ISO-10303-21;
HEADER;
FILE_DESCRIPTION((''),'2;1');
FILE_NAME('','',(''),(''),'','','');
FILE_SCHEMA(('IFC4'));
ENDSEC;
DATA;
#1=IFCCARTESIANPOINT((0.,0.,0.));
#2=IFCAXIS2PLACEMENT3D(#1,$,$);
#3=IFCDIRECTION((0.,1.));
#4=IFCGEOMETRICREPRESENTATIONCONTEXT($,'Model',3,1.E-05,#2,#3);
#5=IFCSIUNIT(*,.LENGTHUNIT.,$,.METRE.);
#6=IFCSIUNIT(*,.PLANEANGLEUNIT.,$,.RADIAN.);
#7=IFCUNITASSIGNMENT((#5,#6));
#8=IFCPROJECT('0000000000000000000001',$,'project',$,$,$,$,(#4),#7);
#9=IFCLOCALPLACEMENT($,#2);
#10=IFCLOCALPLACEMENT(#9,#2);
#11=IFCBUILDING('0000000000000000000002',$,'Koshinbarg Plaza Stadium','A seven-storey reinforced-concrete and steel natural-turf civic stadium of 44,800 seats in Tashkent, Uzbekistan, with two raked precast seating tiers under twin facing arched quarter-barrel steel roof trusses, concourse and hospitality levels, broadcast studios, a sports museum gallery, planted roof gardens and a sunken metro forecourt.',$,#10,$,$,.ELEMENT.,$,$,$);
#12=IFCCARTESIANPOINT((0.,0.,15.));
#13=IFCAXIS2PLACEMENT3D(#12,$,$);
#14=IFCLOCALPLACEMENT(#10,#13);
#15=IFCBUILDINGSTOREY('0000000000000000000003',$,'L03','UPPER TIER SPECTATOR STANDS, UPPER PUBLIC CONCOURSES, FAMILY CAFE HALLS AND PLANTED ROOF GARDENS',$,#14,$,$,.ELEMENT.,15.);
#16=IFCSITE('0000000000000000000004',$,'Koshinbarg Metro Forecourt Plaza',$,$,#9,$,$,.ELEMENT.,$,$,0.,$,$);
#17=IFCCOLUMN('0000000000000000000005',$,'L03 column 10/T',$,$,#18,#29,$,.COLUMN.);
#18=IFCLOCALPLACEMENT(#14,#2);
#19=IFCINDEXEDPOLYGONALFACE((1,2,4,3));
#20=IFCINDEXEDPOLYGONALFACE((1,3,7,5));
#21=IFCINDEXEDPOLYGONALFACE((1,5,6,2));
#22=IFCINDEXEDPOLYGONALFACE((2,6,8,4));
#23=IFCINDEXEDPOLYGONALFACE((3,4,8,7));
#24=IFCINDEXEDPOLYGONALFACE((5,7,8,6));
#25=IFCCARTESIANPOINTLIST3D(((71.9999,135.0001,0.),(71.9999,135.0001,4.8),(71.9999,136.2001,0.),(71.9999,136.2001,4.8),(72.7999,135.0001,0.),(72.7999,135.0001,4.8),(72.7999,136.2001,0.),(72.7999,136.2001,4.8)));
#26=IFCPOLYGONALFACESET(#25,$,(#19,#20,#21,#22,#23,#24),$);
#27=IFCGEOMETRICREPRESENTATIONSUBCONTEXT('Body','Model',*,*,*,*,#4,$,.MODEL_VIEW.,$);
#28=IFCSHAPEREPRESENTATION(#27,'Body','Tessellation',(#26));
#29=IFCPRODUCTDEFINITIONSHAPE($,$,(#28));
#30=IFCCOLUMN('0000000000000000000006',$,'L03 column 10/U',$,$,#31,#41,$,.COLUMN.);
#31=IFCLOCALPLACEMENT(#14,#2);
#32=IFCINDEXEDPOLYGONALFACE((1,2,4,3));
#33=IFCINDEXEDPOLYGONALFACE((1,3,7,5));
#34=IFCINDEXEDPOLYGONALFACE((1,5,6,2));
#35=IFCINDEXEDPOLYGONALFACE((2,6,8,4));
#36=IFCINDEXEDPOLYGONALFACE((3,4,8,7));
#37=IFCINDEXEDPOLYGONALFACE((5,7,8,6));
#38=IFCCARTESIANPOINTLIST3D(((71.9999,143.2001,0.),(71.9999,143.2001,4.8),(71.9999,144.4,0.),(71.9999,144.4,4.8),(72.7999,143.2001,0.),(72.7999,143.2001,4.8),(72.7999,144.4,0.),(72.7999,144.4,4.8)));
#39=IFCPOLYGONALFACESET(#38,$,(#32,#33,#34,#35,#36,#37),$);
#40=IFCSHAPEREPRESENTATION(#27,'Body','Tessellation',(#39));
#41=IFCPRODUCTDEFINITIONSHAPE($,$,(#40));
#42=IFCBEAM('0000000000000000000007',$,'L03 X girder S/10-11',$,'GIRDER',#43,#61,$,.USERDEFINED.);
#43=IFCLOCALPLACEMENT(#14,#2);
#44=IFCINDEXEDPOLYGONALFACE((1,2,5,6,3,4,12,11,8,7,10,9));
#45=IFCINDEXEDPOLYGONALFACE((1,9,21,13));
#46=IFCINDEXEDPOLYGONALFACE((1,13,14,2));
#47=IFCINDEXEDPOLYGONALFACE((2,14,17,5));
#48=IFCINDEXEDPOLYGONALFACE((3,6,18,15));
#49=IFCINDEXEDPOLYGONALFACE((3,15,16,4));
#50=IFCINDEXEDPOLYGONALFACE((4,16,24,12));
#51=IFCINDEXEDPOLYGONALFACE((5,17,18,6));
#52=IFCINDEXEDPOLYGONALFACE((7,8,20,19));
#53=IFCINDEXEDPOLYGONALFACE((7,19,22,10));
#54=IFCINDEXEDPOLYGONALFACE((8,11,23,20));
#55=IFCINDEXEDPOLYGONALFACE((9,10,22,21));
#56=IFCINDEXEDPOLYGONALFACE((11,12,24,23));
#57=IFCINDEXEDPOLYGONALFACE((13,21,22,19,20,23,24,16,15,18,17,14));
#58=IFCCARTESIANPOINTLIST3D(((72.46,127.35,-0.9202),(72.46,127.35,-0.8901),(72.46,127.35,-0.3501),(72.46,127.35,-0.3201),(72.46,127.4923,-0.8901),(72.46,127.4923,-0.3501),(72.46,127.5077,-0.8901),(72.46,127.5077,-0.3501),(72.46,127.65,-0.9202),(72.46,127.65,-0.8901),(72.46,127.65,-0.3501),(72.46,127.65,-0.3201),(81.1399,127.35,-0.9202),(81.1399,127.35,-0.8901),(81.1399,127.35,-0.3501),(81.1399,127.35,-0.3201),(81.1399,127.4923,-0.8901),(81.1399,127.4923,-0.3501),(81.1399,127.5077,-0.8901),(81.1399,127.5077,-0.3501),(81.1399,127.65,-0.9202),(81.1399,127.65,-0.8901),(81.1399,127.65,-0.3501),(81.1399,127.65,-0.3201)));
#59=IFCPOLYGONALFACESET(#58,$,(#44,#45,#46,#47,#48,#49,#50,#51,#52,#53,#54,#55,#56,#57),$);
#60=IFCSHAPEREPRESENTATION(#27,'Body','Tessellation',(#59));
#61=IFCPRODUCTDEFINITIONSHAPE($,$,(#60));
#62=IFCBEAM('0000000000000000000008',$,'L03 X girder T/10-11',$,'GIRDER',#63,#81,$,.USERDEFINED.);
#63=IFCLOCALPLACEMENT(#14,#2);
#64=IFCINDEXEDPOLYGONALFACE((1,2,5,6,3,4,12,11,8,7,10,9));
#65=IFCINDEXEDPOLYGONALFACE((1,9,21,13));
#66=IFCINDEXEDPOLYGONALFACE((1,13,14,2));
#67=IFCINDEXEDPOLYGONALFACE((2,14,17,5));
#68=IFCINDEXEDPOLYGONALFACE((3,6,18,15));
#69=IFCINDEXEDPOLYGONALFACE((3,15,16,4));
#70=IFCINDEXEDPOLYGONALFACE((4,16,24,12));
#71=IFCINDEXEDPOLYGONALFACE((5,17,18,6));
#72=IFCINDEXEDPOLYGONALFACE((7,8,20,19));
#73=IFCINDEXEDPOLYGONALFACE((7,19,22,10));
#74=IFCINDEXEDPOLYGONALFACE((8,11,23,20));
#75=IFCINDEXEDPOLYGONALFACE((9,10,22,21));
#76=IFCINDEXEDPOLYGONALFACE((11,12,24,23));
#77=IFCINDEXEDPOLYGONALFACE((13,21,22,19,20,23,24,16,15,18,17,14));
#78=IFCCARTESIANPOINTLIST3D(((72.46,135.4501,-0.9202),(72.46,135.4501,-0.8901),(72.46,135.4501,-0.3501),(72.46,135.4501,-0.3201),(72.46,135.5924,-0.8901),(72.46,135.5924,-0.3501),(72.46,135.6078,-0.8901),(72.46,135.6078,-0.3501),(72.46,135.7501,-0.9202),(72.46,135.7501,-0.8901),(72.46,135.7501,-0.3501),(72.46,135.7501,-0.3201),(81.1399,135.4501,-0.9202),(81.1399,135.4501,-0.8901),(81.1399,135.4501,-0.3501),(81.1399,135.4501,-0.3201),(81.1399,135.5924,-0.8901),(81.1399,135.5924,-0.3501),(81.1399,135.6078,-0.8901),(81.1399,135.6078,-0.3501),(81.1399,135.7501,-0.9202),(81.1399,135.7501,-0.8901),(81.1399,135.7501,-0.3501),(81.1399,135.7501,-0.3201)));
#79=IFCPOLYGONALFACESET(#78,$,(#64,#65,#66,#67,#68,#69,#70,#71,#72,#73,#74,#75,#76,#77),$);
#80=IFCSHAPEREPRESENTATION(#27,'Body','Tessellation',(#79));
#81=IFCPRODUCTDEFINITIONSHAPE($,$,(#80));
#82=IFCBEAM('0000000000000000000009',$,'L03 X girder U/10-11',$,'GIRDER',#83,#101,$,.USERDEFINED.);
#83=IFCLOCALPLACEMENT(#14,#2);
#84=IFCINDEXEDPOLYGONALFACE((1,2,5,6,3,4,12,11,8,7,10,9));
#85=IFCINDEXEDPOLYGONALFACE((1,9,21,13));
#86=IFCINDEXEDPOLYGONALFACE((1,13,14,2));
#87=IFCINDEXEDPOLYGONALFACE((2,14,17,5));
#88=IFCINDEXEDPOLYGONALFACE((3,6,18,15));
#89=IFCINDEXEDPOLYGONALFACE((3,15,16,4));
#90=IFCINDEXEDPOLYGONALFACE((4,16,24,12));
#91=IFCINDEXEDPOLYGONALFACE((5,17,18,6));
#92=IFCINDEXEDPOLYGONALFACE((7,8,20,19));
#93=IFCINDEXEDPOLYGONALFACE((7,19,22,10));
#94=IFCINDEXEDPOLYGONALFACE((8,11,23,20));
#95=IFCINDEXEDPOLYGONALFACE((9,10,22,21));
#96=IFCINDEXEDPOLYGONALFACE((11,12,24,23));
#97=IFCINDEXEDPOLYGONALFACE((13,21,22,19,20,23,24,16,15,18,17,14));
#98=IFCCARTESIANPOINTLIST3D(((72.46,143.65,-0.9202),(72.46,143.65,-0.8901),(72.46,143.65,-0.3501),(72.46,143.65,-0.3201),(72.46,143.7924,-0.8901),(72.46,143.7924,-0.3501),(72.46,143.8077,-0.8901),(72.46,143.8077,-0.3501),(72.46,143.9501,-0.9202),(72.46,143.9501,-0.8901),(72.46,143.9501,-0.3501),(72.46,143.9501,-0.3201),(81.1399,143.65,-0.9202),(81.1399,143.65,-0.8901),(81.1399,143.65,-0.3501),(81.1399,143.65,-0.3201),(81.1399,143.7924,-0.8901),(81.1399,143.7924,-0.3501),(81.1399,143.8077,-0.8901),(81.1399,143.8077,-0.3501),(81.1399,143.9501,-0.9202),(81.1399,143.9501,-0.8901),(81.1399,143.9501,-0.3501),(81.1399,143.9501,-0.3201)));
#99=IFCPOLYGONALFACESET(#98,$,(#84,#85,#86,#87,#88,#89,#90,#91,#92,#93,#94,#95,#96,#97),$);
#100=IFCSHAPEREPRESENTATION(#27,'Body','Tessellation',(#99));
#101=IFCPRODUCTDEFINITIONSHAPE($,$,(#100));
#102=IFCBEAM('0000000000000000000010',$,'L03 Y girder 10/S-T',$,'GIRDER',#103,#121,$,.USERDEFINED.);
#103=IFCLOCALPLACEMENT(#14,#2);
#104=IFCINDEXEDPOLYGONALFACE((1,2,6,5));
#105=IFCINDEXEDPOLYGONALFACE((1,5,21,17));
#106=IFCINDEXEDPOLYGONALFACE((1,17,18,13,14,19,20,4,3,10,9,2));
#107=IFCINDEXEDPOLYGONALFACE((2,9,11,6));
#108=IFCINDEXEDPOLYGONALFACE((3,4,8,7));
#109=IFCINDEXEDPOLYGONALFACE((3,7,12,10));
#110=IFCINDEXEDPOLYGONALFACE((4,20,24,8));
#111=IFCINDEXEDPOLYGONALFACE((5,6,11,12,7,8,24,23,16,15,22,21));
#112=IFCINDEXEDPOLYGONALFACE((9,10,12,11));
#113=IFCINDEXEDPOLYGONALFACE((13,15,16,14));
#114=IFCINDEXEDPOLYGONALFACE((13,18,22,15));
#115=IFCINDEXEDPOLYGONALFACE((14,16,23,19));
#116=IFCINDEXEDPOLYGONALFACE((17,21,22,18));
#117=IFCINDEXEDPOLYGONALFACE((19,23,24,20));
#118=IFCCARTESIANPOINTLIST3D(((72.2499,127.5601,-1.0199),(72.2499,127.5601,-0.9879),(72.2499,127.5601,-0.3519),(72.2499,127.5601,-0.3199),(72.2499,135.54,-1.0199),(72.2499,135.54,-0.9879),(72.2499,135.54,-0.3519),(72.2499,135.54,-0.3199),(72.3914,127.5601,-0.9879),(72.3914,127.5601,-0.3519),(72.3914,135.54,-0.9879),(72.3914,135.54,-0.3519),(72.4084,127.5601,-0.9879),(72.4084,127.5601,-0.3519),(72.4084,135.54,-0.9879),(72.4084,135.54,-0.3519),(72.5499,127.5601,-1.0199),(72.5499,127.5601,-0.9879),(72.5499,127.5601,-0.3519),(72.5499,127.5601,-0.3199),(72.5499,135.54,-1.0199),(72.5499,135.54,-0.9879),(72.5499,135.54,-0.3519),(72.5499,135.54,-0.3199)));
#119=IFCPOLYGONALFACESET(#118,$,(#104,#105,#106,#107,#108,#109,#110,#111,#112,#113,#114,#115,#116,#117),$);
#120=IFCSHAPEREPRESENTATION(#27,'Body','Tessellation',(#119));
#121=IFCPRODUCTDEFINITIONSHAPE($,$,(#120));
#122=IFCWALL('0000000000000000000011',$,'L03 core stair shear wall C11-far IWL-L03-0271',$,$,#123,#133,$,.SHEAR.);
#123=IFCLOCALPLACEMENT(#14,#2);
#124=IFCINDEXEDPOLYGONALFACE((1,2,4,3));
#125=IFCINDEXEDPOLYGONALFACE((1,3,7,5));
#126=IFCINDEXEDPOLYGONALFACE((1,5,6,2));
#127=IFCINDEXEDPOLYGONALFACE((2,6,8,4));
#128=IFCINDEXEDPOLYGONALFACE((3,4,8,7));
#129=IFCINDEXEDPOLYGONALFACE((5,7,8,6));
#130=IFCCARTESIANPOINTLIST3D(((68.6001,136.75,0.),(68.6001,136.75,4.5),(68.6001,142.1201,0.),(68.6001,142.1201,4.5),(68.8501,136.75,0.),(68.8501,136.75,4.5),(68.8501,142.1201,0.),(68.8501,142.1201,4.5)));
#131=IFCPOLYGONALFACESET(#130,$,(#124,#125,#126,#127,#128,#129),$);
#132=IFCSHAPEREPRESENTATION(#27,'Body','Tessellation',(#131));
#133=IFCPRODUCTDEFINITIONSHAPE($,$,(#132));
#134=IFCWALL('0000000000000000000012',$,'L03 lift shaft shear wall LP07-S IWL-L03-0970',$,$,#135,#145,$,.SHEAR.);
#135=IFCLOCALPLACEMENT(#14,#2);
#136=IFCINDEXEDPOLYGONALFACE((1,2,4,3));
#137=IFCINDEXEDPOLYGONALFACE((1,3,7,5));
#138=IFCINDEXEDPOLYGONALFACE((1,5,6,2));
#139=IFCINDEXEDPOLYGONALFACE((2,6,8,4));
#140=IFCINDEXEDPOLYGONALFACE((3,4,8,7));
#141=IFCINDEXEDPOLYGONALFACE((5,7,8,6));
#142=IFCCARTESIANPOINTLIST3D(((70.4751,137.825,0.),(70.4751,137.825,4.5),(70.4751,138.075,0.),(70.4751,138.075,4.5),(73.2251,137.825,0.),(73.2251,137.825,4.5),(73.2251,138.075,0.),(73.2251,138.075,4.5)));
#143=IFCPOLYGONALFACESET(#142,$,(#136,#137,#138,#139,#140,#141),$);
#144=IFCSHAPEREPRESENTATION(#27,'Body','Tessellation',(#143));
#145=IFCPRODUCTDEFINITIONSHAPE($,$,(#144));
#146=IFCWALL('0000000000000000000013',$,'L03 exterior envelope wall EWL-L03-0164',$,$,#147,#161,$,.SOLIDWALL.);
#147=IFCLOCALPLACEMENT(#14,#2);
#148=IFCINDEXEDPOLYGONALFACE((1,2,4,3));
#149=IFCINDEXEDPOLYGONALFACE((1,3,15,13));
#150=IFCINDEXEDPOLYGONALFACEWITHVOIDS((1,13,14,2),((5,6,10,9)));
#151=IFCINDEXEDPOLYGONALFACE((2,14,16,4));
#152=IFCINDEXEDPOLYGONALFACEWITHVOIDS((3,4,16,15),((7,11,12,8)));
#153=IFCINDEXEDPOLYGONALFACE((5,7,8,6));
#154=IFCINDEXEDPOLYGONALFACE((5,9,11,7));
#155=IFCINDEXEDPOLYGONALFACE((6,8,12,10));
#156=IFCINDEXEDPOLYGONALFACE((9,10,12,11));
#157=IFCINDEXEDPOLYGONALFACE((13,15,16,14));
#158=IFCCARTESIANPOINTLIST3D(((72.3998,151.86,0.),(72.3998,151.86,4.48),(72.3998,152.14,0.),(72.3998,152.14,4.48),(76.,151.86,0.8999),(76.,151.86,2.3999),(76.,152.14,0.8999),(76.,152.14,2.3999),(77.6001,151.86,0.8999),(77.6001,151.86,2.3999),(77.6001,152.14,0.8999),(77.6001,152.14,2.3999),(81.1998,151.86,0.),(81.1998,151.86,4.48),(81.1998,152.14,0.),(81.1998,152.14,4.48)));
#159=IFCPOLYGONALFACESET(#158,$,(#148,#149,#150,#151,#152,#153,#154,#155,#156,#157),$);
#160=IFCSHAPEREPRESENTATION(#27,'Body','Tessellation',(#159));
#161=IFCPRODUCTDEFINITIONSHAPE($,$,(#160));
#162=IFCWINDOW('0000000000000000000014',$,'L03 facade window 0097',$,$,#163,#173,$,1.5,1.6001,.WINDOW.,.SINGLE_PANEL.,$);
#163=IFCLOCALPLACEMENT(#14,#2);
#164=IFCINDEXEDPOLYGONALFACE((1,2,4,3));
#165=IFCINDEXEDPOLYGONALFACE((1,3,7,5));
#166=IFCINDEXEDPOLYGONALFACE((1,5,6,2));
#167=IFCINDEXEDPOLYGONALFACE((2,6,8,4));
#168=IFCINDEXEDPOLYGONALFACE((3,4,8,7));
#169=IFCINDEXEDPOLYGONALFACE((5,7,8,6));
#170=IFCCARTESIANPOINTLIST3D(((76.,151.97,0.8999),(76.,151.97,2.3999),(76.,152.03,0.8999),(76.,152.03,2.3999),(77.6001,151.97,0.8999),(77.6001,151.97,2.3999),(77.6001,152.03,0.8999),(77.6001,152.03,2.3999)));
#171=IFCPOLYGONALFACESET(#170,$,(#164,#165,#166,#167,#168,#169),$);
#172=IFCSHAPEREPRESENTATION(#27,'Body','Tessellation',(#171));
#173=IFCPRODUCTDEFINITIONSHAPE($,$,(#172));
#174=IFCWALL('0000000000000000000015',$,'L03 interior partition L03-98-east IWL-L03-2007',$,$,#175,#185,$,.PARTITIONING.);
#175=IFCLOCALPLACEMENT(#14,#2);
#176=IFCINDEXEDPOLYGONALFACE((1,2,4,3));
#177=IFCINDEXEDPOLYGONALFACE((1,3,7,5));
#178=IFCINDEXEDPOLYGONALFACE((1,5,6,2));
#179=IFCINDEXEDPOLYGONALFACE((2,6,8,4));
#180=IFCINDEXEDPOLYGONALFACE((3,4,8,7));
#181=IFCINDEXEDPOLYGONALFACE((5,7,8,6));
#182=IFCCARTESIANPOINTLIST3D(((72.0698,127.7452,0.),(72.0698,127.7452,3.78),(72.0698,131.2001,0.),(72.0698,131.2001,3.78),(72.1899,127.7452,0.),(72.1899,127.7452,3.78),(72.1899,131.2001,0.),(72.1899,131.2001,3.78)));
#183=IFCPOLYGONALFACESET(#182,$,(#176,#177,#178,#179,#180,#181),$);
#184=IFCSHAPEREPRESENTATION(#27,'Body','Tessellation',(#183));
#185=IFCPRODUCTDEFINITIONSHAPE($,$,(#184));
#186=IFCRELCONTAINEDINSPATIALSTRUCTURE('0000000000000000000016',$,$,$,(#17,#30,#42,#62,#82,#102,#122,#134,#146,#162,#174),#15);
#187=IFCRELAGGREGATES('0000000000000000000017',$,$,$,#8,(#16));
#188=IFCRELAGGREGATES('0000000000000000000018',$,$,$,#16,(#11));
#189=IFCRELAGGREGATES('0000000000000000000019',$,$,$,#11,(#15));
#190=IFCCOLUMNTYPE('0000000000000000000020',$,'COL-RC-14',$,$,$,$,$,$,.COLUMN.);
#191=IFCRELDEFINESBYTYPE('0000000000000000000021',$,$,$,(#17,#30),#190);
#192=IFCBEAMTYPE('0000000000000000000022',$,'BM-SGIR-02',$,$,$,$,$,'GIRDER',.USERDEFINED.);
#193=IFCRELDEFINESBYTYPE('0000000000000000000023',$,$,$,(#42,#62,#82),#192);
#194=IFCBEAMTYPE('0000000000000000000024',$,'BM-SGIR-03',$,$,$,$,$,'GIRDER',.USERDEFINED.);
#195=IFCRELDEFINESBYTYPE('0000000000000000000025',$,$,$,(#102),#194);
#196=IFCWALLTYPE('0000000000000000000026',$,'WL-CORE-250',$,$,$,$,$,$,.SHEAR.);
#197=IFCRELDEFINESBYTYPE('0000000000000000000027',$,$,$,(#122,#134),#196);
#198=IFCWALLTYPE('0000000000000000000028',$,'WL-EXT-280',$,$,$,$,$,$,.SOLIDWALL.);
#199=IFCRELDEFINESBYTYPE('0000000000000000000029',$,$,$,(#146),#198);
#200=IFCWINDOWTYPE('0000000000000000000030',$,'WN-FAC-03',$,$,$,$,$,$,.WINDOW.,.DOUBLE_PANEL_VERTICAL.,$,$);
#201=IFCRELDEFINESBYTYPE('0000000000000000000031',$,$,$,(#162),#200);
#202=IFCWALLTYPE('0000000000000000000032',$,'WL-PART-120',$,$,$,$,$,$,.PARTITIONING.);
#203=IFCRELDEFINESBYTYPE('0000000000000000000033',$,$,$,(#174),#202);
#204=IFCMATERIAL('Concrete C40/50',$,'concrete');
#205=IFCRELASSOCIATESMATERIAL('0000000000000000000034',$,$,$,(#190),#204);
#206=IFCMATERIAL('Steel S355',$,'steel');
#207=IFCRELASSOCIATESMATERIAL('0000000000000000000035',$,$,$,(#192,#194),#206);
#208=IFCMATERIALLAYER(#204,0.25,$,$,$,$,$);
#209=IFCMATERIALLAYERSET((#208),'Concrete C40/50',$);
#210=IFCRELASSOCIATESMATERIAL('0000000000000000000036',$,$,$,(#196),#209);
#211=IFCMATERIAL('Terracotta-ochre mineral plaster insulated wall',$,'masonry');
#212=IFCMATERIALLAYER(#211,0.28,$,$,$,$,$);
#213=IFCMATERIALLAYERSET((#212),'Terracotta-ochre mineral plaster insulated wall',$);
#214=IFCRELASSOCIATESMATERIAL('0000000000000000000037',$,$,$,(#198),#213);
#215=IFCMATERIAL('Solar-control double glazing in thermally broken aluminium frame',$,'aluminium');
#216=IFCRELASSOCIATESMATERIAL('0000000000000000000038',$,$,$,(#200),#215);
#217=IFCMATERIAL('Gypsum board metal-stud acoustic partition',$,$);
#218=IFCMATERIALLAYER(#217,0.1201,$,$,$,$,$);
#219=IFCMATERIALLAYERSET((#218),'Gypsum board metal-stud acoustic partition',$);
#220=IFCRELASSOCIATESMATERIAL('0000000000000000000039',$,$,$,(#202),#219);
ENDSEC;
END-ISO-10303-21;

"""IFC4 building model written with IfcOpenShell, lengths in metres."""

from ifc_helpers import new_model, si_unit, direction, frame, frame_2d, origin, origin_2d, place, context, subcontext, project, spatial, rectangle, i_section, extrude, material, layer, layer_set, material_profile, profile_set, type_object, element, fill, save


model = new_model("IFC4")

# Units and contexts
model_context = context("Model", 3, precision=1e-05, world=origin(), true_north=direction((0.0, 1.0)))
body_context = subcontext(model_context, "Body", "Model", "MODEL_VIEW")
ifc_project = project(units=[si_unit("LENGTHUNIT", "METRE"), si_unit("PLANEANGLEUNIT", "RADIAN")], contexts=[model_context])

# Site, building, storey
site_placement = place(None, origin())
site = spatial("IfcSite", under=ifc_project, at=site_placement, Name="Koshinbarg Metro Forecourt Plaza", CompositionType="ELEMENT", RefElevation=0.0)
building_placement = place(site_placement, origin())
building = spatial("IfcBuilding", under=site, at=building_placement, Name="Koshinbarg Plaza Stadium", Description="A seven-storey reinforced-concrete and steel natural-turf civic stadium of 44,800 seats in Tashkent, Uzbekistan, with two raked precast seating tiers under twin facing arched quarter-barrel steel roof trusses, concourse and hospitality levels, broadcast studios, a sports museum gallery, planted roof gardens and a sunken metro forecourt.", CompositionType="ELEMENT")
storey_placement = place(building_placement, frame((0.0, 0.0, 15.0)))
storey = spatial("IfcBuildingStorey", under=building, at=storey_placement, Name="L03", Description="UPPER TIER SPECTATOR STANDS, UPPER PUBLIC CONCOURSES, FAMILY CAFE HALLS AND PLANTED ROOF GARDENS", CompositionType="ELEMENT", Elevation=15.0)

# Columns
ifc_material_1 = material(Name="Concrete C40/50", Category="concrete")
ifc_material_profile_1 = material_profile(ifc_material_1, rectangle(XDim=0.8, YDim=1.2, at=origin_2d()), Name="RC 800x1200")
ifc_profile_set_1 = profile_set([ifc_material_profile_1], Name="Concrete C40/50")
column_type = type_object("IfcColumnType", Name="COL-RC-14", PredefinedType="COLUMN", material=ifc_profile_set_1)
for number, where, z_axis, x_axis, name in (
    (1, (72.3999, 135.6001, 0.0), (0.0, 0.0, 1.0), (1.0, 0.0, 0.0), "L03 column 10/T"),
    (2, (72.3999, 143.8, 0.0), (0.0, 0.0, 1.0), (1.0, 0.0, 0.0), "L03 column 10/U"),
):
    element("IfcColumn", number, at=place(storey_placement, frame(where, z_axis=z_axis, x_axis=x_axis)), inside=storey, type_object=column_type, Name=name, PredefinedType="COLUMN", context=body_context, shape_type="SweptSolid", body=[
        extrude(rectangle(XDim=0.8, YDim=1.2, at=origin_2d()), origin(), (0.0, 0.0, 1.0), 4.8),
    ])

# Beams
ifc_material_2 = material(Name="Steel S355", Category="steel")
ifc_material_profile_2 = material_profile(ifc_material_2, i_section(OverallWidth=0.3, OverallDepth=0.6001, WebThickness=0.0154, FlangeThickness=0.03, at=origin_2d()), Name="HEB 600")
ifc_profile_set_2 = profile_set([ifc_material_profile_2], Name="Steel S355")
beam_type_1 = type_object("IfcBeamType", Name="BM-SGIR-02", ElementType="GIRDER", PredefinedType="USERDEFINED", material=ifc_profile_set_2)
for number, where, z_axis, x_axis, name in (
    (3, (72.46, 127.5, -0.6201), (1.0, 0.0, 0.0), (0.0, 1.0, 0.0), "L03 X girder S/10-11"),
    (4, (72.46, 135.6001, -0.6201), (1.0, 0.0, 0.0), (0.0, 1.0, 0.0), "L03 X girder T/10-11"),
    (5, (72.46, 143.8, -0.6201), (1.0, 0.0, 0.0), (0.0, 1.0, 0.0), "L03 X girder U/10-11"),
):
    element("IfcBeam", number, at=place(storey_placement, frame(where, z_axis=z_axis, x_axis=x_axis)), inside=storey, type_object=beam_type_1, Name=name, ObjectType="GIRDER", PredefinedType="USERDEFINED", context=body_context, shape_type="SweptSolid", body=[
        extrude(i_section(OverallWidth=0.3, OverallDepth=0.6001, WebThickness=0.0154, FlangeThickness=0.03, at=origin_2d()), origin(), (0.0, 0.0, 1.0), 8.6799),
    ])
ifc_material_profile_3 = material_profile(ifc_material_2, i_section(OverallWidth=0.3, OverallDepth=0.7, WebThickness=0.0171, FlangeThickness=0.032, at=origin_2d()), Name="HEB 700")
ifc_profile_set_3 = profile_set([ifc_material_profile_3], Name="Steel S355")
beam_type_2 = type_object("IfcBeamType", Name="BM-SGIR-03", ElementType="GIRDER", PredefinedType="USERDEFINED", material=ifc_profile_set_3)
beam_placement = place(storey_placement, frame((72.3999, 127.5601, -0.6699), z_axis=(0.0, 1.0, 0.0), x_axis=(-1.0, 0.0, 0.0)))
element("IfcBeam", 6, at=beam_placement, inside=storey, type_object=beam_type_2, Name="L03 Y girder 10/S-T", ObjectType="GIRDER", PredefinedType="USERDEFINED", context=body_context, shape_type="SweptSolid", body=[
    extrude(i_section(OverallWidth=0.3, OverallDepth=0.7, WebThickness=0.0171, FlangeThickness=0.032, at=origin_2d()), origin(), (0.0, 0.0, 1.0), 7.98),
])

# Walls
ifc_layer_1 = layer(ifc_material_1, 0.25)
ifc_layer_set_1 = layer_set([ifc_layer_1], Name="Concrete C40/50")
wall_type_1 = type_object("IfcWallType", Name="WL-CORE-250", PredefinedType="SHEAR", material=ifc_layer_set_1)
wall_1_placement = place(storey_placement, frame((68.7251, 136.75, 0.0), z_axis=(0.0, 0.0, 1.0), x_axis=(0.0, 1.0, 0.0)))
element("IfcWall", 7, at=wall_1_placement, inside=storey, type_object=wall_type_1, Name="L03 core stair shear wall C11-far IWL-L03-0271", PredefinedType="SHEAR", context=body_context, shape_type="SweptSolid", body=[
    extrude(rectangle(XDim=5.3701, YDim=0.25, at=frame_2d((2.6851, 0.0))), origin(), (0.0, 0.0, 1.0), 4.5),
])
wall_2_placement = place(storey_placement, frame((70.4751, 137.95, 0.0), z_axis=(0.0, 0.0, 1.0), x_axis=(1.0, 0.0, 0.0)))
element("IfcWall", 8, at=wall_2_placement, inside=storey, type_object=wall_type_1, Name="L03 lift shaft shear wall LP07-S IWL-L03-0970", PredefinedType="SHEAR", context=body_context, shape_type="SweptSolid", body=[
    extrude(rectangle(XDim=2.75, YDim=0.25, at=frame_2d((1.375, 0.0))), origin(), (0.0, 0.0, 1.0), 4.5),
])

# Wall, opening, window
ifc_material_3 = material(Name="Terracotta-ochre mineral plaster insulated wall", Category="masonry")
ifc_layer_2 = layer(ifc_material_3, 0.28)
ifc_layer_set_2 = layer_set([ifc_layer_2], Name="Terracotta-ochre mineral plaster insulated wall")
wall_type_2 = type_object("IfcWallType", Name="WL-EXT-280", PredefinedType="SOLIDWALL", material=ifc_layer_set_2)
wall_3_placement = place(storey_placement, frame((72.3999, 152.0, 0.0), z_axis=(0.0, 0.0, 1.0), x_axis=(1.0, 0.0, 0.0)))
wall_3 = element("IfcWall", 9, at=wall_3_placement, inside=storey, type_object=wall_type_2, Name="L03 exterior envelope wall EWL-L03-0164", PredefinedType="SOLIDWALL", context=body_context, shape_type="SweptSolid", body=[
    extrude(rectangle(XDim=8.8, YDim=0.28, at=frame_2d((4.3999, 0.0))), origin(), (0.0, 0.0, 1.0), 4.48),
])
opening_1_placement = place(wall_3_placement, frame((3.6001, 0.0, 0.8999)))
opening_1 = element("IfcOpeningElement", 10, at=opening_1_placement, cuts=wall_3, PredefinedType="OPENING", context=body_context, shape_type="SweptSolid", body=[
    extrude(rectangle(XDim=1.6001, YDim=1.5, at=frame_2d((0.8, 0.75))), frame((0.0, 0.1499, 0.0), z_axis=(0.0, -1.0, 0.0), x_axis=(1.0, 0.0, 0.0)), (0.0, 0.0, 1.0), 0.3),
])
ifc_material_4 = material(Name="Solar-control double glazing in thermally broken aluminium frame", Category="aluminium")
window_type = type_object("IfcWindowType", Name="WN-FAC-03", PartitioningType="DOUBLE_PANEL_VERTICAL", PredefinedType="WINDOW", material=ifc_material_4)
window_placement = place(opening_1_placement, origin())
window = element("IfcWindow", 11, at=window_placement, inside=storey, type_object=window_type, Name="L03 facade window 0097", OverallHeight=1.5, OverallWidth=1.6001, PartitioningType="SINGLE_PANEL", PredefinedType="WINDOW", context=body_context, shape_type="SweptSolid", body=[
    extrude(rectangle(XDim=1.6001, YDim=1.5, at=frame_2d((0.8, 0.75))), frame((0.0, 0.03, 0.0), z_axis=(0.0, -1.0, 0.0), x_axis=(1.0, 0.0, 0.0)), (0.0, 0.0, 1.0), 0.0601),
])
fill(opening_1, window)

# Wall
ifc_material_5 = material(Name="Gypsum board metal-stud acoustic partition")
ifc_layer_3 = layer(ifc_material_5, 0.1201)
ifc_layer_set_3 = layer_set([ifc_layer_3], Name="Gypsum board metal-stud acoustic partition")
wall_type_3 = type_object("IfcWallType", Name="WL-PART-120", PredefinedType="PARTITIONING", material=ifc_layer_set_3)
wall_4_placement = place(storey_placement, frame((72.1299, 127.7451, 0.0), z_axis=(0.0, 0.0, 1.0), x_axis=(0.0, 1.0, 0.0)))
element("IfcWall", 12, at=wall_4_placement, inside=storey, type_object=wall_type_3, Name="L03 interior partition L03-98-east IWL-L03-2007", PredefinedType="PARTITIONING", context=body_context, shape_type="SweptSolid", body=[
    extrude(rectangle(XDim=3.4548, YDim=0.1201, at=frame_2d((1.7275, 0.0))), origin(), (0.0, 0.0, 1.0), 3.78),
])

save(model, "model.ifc")
